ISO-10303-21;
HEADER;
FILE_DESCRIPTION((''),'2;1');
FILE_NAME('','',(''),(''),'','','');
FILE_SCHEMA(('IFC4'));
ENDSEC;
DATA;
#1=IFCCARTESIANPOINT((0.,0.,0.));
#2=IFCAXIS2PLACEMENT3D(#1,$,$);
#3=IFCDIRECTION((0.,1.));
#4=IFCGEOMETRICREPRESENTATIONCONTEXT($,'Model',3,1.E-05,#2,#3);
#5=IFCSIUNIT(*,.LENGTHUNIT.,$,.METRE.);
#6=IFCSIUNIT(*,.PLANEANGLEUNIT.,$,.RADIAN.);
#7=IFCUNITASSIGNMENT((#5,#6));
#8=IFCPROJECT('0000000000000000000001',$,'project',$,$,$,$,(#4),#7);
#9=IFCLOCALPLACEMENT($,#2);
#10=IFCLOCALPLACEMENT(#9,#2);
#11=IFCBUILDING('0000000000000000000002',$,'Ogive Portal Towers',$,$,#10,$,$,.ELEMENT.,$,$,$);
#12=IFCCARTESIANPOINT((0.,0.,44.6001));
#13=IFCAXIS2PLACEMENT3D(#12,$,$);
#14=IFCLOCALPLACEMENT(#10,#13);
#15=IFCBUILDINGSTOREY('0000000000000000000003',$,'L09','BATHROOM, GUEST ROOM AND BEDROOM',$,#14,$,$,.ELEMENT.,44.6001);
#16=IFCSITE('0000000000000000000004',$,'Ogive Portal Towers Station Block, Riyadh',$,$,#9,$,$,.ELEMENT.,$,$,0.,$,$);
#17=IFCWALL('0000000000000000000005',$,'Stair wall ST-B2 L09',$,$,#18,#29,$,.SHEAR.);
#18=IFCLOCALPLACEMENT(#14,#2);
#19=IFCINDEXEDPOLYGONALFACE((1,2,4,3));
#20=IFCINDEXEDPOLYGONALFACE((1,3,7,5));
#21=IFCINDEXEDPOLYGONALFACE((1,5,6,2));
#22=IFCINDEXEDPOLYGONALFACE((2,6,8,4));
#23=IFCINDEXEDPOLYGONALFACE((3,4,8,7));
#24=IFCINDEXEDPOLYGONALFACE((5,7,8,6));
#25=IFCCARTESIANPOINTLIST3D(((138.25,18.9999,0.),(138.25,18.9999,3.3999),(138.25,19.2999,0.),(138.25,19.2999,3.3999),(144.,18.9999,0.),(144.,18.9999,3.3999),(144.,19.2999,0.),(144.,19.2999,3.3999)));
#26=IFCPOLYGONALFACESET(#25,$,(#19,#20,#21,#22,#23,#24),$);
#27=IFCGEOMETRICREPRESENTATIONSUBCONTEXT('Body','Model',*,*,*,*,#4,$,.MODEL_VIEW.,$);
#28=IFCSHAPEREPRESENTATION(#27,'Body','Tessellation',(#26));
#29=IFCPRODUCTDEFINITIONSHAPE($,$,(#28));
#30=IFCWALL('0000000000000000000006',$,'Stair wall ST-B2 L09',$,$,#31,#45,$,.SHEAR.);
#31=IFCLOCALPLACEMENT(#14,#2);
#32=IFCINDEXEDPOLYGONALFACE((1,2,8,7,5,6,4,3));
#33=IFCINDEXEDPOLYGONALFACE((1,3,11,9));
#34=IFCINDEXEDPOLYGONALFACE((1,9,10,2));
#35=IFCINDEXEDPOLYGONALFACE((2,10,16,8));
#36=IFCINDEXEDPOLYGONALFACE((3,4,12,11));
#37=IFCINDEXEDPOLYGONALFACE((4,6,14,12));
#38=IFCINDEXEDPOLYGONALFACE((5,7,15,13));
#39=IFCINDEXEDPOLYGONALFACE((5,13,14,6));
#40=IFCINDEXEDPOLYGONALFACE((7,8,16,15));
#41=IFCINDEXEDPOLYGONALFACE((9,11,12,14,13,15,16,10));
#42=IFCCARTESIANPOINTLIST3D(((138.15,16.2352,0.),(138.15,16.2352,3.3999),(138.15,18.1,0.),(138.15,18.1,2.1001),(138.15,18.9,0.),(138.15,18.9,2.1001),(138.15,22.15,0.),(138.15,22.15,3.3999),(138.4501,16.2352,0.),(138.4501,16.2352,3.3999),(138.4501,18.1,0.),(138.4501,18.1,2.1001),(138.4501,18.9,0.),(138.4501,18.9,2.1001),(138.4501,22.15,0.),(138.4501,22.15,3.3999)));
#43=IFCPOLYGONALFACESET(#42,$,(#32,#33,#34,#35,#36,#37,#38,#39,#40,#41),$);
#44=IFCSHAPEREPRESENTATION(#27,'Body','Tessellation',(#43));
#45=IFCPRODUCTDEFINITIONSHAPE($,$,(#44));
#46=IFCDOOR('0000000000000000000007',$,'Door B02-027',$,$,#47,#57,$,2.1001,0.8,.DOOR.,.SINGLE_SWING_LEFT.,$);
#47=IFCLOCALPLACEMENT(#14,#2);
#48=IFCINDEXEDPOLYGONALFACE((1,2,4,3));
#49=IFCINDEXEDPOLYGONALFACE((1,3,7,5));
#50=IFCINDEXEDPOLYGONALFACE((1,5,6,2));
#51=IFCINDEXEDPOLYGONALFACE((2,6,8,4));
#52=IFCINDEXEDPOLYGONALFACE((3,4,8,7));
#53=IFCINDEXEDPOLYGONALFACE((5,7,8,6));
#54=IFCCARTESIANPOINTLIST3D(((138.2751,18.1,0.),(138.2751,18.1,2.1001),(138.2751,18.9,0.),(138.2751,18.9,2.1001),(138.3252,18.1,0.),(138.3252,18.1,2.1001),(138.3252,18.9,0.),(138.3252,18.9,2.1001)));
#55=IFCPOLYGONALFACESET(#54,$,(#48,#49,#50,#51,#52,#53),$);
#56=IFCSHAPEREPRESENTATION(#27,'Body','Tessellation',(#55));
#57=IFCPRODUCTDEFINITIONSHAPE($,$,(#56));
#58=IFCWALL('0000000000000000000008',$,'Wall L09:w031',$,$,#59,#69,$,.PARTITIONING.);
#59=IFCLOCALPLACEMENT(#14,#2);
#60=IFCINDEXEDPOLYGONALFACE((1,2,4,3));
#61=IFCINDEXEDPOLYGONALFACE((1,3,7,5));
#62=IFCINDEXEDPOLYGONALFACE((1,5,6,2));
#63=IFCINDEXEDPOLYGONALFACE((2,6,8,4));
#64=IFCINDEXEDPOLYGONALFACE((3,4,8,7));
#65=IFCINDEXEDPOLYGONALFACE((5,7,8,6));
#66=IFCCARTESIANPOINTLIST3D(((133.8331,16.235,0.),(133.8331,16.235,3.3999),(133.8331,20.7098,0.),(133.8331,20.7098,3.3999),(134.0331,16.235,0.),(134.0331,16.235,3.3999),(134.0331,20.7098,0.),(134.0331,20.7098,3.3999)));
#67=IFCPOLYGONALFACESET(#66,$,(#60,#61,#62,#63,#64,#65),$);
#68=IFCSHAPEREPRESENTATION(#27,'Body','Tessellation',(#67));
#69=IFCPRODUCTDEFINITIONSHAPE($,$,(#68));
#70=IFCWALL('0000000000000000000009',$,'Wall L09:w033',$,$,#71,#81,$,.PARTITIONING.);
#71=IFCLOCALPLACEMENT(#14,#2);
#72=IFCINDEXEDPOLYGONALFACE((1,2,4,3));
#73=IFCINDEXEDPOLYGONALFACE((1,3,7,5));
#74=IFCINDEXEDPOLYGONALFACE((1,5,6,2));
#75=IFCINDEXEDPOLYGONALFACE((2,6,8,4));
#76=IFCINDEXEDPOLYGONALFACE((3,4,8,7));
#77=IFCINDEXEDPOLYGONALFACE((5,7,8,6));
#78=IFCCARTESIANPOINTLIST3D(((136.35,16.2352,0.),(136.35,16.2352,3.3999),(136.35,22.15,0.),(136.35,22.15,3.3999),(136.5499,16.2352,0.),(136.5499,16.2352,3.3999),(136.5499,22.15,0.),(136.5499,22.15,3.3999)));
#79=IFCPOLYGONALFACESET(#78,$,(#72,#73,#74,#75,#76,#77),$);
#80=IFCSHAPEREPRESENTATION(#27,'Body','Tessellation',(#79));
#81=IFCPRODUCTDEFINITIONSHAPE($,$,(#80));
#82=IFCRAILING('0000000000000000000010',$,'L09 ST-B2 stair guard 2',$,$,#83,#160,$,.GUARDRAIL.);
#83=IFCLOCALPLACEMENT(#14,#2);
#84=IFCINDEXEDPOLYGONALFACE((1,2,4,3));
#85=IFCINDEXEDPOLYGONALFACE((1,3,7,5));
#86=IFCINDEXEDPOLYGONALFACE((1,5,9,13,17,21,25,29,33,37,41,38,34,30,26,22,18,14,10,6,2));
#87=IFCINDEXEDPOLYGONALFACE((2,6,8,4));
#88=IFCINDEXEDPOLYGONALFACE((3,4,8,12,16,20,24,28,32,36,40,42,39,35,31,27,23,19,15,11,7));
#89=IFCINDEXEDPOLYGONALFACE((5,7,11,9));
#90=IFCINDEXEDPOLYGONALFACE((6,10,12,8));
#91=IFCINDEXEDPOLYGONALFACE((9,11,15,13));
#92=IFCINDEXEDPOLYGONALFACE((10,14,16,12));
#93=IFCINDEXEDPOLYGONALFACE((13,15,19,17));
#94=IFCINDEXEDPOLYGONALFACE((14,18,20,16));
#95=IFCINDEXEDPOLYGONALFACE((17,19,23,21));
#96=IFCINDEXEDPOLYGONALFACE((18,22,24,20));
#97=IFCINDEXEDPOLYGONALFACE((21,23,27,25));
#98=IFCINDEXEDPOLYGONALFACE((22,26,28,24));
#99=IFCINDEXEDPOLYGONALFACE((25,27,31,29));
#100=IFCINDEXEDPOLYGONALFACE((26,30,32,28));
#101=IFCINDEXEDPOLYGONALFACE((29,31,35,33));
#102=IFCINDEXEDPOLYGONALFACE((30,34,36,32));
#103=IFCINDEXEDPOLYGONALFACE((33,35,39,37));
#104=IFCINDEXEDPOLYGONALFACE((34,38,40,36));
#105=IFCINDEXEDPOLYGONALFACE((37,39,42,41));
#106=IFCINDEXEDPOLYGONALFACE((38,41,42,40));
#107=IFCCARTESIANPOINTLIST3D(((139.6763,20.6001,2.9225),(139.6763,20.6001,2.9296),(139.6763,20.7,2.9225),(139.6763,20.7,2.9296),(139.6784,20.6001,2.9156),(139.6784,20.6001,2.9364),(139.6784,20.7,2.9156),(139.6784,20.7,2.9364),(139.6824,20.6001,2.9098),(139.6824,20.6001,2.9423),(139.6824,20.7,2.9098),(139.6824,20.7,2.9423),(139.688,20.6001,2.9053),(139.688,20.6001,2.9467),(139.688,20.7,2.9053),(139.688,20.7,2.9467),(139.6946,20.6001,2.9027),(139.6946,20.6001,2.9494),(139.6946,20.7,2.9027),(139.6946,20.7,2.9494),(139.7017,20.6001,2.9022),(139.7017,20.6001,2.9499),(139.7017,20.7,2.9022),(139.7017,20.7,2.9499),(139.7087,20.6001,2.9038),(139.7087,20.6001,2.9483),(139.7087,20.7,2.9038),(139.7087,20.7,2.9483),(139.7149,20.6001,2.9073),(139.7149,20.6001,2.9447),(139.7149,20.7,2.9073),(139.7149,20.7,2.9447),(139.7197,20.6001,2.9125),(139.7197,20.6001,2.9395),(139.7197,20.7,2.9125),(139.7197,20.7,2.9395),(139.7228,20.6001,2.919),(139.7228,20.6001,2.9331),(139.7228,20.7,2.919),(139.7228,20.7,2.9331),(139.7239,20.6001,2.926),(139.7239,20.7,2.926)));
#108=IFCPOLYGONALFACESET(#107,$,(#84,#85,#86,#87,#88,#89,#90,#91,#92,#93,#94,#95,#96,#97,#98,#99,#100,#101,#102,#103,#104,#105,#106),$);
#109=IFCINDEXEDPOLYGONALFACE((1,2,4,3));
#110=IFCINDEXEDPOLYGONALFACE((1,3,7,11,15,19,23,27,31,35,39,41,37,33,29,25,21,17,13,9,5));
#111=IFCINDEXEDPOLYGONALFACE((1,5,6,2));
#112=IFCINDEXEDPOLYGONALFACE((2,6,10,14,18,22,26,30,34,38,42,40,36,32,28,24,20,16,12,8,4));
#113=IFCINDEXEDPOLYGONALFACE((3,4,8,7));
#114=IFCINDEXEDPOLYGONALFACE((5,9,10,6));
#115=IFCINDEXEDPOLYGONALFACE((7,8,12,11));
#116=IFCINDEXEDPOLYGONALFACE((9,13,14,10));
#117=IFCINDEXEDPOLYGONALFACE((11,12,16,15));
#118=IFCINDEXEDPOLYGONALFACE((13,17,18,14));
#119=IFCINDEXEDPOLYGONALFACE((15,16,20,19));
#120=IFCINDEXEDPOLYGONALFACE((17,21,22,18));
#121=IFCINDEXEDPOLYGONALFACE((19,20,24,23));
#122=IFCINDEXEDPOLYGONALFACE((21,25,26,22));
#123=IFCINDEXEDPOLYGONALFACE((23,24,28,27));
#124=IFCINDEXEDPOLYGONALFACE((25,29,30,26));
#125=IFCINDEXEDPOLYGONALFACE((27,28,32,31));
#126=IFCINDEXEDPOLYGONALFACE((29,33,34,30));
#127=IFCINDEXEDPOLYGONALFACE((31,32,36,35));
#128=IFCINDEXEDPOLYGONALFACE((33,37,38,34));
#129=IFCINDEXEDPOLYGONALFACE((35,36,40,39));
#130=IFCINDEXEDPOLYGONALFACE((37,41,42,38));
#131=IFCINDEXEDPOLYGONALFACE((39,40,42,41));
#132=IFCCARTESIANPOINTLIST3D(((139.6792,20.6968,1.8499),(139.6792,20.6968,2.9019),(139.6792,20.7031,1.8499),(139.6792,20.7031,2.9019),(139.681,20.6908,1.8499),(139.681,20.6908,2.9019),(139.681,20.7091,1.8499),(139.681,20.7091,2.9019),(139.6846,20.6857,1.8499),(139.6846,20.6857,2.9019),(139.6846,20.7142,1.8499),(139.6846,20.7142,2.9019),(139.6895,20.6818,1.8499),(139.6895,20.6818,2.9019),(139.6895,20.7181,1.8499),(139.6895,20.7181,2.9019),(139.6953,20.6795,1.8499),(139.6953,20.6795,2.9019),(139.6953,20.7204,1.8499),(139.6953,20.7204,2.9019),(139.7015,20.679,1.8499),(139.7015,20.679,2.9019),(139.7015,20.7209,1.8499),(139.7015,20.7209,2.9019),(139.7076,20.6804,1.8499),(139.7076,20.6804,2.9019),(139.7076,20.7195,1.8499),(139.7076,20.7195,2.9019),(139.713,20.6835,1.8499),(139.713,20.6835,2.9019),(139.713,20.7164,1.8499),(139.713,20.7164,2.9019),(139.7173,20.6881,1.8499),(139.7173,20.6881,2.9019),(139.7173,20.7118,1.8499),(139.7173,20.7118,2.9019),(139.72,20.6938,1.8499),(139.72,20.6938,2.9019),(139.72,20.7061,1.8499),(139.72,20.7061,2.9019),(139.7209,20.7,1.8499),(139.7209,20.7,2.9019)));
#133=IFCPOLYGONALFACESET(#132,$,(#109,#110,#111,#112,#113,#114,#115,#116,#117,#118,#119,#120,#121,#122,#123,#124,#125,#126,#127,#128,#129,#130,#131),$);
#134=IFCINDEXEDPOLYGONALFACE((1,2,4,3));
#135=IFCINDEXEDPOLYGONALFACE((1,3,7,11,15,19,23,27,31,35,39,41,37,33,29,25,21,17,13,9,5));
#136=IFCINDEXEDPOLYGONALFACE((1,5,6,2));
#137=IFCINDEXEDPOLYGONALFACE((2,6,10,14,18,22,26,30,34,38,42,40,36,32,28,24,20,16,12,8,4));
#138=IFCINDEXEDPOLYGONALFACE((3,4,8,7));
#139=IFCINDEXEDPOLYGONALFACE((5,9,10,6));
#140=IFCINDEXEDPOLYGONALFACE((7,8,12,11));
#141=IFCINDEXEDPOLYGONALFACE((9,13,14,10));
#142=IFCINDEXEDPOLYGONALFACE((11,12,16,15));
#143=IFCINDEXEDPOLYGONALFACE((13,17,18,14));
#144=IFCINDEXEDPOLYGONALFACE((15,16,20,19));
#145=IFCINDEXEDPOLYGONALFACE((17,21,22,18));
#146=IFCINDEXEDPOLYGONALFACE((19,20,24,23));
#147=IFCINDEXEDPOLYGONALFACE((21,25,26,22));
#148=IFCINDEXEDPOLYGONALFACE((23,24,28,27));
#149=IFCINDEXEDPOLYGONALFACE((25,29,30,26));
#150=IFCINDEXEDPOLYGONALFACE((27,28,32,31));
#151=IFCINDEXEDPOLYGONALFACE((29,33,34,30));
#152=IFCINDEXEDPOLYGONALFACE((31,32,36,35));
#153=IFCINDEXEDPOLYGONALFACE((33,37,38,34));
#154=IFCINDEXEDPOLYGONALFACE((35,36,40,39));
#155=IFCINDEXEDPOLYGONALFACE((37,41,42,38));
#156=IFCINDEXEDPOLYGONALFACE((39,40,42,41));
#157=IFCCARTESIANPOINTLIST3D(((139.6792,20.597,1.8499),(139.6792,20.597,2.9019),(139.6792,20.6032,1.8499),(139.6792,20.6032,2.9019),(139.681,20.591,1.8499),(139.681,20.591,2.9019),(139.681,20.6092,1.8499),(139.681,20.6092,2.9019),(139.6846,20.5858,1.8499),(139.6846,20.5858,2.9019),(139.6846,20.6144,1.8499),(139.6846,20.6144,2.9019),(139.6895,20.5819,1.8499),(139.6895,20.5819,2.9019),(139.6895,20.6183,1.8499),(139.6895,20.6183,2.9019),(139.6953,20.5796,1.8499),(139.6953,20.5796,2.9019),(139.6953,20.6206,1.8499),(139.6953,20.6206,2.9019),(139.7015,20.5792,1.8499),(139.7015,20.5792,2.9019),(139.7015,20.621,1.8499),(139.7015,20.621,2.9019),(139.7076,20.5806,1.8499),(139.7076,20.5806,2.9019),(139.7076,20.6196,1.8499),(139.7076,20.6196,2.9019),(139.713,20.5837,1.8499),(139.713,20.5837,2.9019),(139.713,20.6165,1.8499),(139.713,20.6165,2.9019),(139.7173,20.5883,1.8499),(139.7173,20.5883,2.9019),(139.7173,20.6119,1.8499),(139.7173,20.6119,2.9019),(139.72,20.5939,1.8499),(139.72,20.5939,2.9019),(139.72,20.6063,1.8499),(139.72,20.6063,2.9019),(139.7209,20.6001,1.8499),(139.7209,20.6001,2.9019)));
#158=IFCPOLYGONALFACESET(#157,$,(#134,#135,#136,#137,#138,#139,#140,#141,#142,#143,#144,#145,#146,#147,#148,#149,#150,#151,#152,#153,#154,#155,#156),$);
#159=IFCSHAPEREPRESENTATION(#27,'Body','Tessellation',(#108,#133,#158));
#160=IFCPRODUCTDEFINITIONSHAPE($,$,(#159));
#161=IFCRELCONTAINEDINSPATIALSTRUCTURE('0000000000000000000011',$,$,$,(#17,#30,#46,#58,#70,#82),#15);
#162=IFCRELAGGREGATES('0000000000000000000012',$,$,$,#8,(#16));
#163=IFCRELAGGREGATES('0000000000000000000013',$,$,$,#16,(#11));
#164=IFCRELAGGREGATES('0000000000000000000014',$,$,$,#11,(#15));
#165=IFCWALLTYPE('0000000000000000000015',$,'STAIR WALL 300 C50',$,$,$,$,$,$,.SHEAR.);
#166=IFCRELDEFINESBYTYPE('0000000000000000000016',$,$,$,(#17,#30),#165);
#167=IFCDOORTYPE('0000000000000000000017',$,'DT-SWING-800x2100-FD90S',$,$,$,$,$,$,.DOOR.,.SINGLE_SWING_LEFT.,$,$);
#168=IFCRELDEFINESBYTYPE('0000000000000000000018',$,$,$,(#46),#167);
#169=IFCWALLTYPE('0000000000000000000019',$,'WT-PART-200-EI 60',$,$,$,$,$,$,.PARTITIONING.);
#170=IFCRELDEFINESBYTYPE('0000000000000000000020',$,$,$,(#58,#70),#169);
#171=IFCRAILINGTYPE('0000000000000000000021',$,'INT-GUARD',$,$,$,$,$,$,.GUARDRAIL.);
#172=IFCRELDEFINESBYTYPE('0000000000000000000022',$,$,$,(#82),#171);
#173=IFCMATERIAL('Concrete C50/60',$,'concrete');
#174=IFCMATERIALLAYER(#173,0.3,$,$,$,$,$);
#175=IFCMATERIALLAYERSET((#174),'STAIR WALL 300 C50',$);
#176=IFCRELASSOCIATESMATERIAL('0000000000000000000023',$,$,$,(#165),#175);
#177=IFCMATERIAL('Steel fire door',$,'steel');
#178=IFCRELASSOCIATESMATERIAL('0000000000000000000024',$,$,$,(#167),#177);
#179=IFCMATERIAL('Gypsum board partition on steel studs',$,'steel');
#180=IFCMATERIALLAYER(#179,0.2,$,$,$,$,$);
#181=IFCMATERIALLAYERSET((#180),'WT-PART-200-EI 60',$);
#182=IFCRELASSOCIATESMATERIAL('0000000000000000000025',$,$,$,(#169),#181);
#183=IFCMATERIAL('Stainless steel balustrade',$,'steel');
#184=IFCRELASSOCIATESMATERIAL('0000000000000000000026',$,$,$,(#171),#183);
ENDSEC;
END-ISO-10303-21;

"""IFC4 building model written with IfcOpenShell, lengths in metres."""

from ifc_helpers import new_model, si_unit, direction, frame, frame_2d, origin, origin_2d, place, context, subcontext, project, spatial, rectangle, circle, extrude, material, layer, layer_set, type_object, element, fill, save


model = new_model("IFC4")

# Units and contexts
model_context = context("Model", 3, precision=1e-05, world=origin(), true_north=direction((0.0, 1.0)))
body_context = subcontext(model_context, "Body", "Model", "MODEL_VIEW")
ifc_project = project(units=[si_unit("LENGTHUNIT", "METRE"), si_unit("PLANEANGLEUNIT", "RADIAN")], contexts=[model_context])

# Site, building, storey
site_placement = place(None, origin())
site = spatial("IfcSite", under=ifc_project, at=site_placement, Name="Ogive Portal Towers Station Block, Riyadh", CompositionType="ELEMENT", RefElevation=0.0)
building_placement = place(site_placement, origin())
building = spatial("IfcBuilding", under=site, at=building_placement, Name="Ogive Portal Towers", CompositionType="ELEMENT")
storey_placement = place(building_placement, frame((0.0, 0.0, 44.6001)))
storey = spatial("IfcBuildingStorey", under=building, at=storey_placement, Name="L09", Description="BATHROOM, GUEST ROOM AND BEDROOM", CompositionType="ELEMENT", Elevation=44.6001)

# Shared definitions
ifc_material_1 = material(Name="Concrete C50/60", Category="concrete")

# Shared definitions
ifc_material_2 = material(Name="Steel fire door", Category="steel")

# Wall
ifc_layer_1 = layer(ifc_material_1, 0.3)
ifc_layer_set_1 = layer_set([ifc_layer_1], Name="STAIR WALL 300 C50")
wall_type_1 = type_object("IfcWallType", Name="STAIR WALL 300 C50", PredefinedType="SHEAR", material=ifc_layer_set_1)
wall_1_placement = place(storey_placement, frame((138.25, 19.1499, 0.0), z_axis=(0.0, 0.0, 1.0), x_axis=(1.0, 0.0, 0.0)))
element("IfcWall", 1, at=wall_1_placement, inside=storey, type_object=wall_type_1, Name="Stair wall ST-B2 L09", PredefinedType="SHEAR", context=body_context, shape_type="SweptSolid", body=[
    extrude(rectangle(XDim=5.75, YDim=0.3, at=frame_2d((2.875, 0.0))), origin(), (0.0, 0.0, 1.0), 3.3999),
])

# Wall, opening, door
wall_2_placement = place(storey_placement, frame((138.3, 16.2351, 0.0), z_axis=(0.0, 0.0, 1.0), x_axis=(0.0, 1.0, 0.0)))
wall_2 = element("IfcWall", 2, at=wall_2_placement, inside=storey, type_object=wall_type_1, Name="Stair wall ST-B2 L09", PredefinedType="SHEAR", context=body_context, shape_type="SweptSolid", body=[
    extrude(rectangle(XDim=5.9148, YDim=0.3, at=frame_2d((2.9575, 0.0))), origin(), (0.0, 0.0, 1.0), 3.3999),
])
opening_1_placement = place(wall_2_placement, frame((1.865, 0.0, 0.0)))
opening_1 = element("IfcOpeningElement", 3, at=opening_1_placement, cuts=wall_2, PredefinedType="OPENING", context=body_context, shape_type="SweptSolid", body=[
    extrude(rectangle(XDim=0.8, YDim=2.1001, at=frame_2d((0.3999, 1.05))), frame((0.0, 0.1602, 0.0), z_axis=(0.0, -1.0, 0.0), x_axis=(1.0, 0.0, 0.0)), (0.0, 0.0, 1.0), 0.3201),
])
door_type_1 = type_object("IfcDoorType", Name="DT-SWING-800x2100-FD90S", OperationType="SINGLE_SWING_LEFT", PredefinedType="DOOR", material=ifc_material_2)
door_1_placement = place(opening_1_placement, origin())
door_1 = element("IfcDoor", 4, at=door_1_placement, inside=storey, type_object=door_type_1, Name="Door B02-027", OperationType="SINGLE_SWING_LEFT", OverallHeight=2.1001, OverallWidth=0.8, PredefinedType="DOOR", context=body_context, shape_type="SweptSolid", body=[
    extrude(rectangle(XDim=0.8, YDim=2.1001, at=frame_2d((0.3999, 1.05))), frame((0.0, 0.0249, 0.0), z_axis=(0.0, -1.0, 0.0), x_axis=(1.0, 0.0, 0.0)), (0.0, 0.0, 1.0), 0.05),
])
fill(opening_1, door_1)

# Walls
ifc_material_3 = material(Name="Gypsum board partition on steel studs", Category="steel")
ifc_layer_2 = layer(ifc_material_3, 0.2)
ifc_layer_set_2 = layer_set([ifc_layer_2], Name="WT-PART-200-EI 60")
wall_type_2 = type_object("IfcWallType", Name="WT-PART-200-EI 60", PredefinedType="PARTITIONING", material=ifc_layer_set_2)
wall_3_placement = place(storey_placement, frame((133.9331, 16.2351, 0.0), z_axis=(0.0, 0.0, 1.0), x_axis=(0.0, 1.0, 0.0)))
element("IfcWall", 5, at=wall_3_placement, inside=storey, type_object=wall_type_2, Name="Wall L09:w031", PredefinedType="PARTITIONING", context=body_context, shape_type="SweptSolid", body=[
    extrude(rectangle(XDim=4.4749, YDim=0.2, at=frame_2d((2.2373, 0.0))), origin(), (0.0, 0.0, 1.0), 3.3999),
])
wall_4_placement = place(storey_placement, frame((136.45, 16.2351, 0.0), z_axis=(0.0, 0.0, 1.0), x_axis=(0.0, 1.0, 0.0)))
element("IfcWall", 6, at=wall_4_placement, inside=storey, type_object=wall_type_2, Name="Wall L09:w033", PredefinedType="PARTITIONING", context=body_context, shape_type="SweptSolid", body=[
    extrude(rectangle(XDim=5.9148, YDim=0.2, at=frame_2d((2.9575, 0.0))), origin(), (0.0, 0.0, 1.0), 3.3999),
])

# Railing
ifc_material_4 = material(Name="Stainless steel balustrade", Category="steel")
railing_type_1 = type_object("IfcRailingType", Name="INT-GUARD", PredefinedType="GUARDRAIL", material=ifc_material_4)
railing_1_placement = place(storey_placement, frame((139.7, 20.7, 1.8499)))
element("IfcRailing", 7, at=railing_1_placement, inside=storey, type_object=railing_type_1, Name="L09 ST-B2 stair guard 2", PredefinedType="GUARDRAIL", context=body_context, shape_type="SweptSolid", body=[
    extrude(circle(Radius=0.0239, at=origin_2d()), frame((0.0, 0.0, 1.0762), z_axis=(0.0, -1.0, 0.0), x_axis=(1.0, 0.0, 0.0)), (0.0, 0.0, 1.0), 0.0999),
    extrude(circle(Radius=0.021, at=origin_2d()), origin(), (0.0, 0.0, 1.0), 1.052),
    extrude(circle(Radius=0.021, at=origin_2d()), frame((0.0, -0.0999, 0.0)), (0.0, 0.0, 1.0), 1.052),
])

save(model, "model.ifc")
